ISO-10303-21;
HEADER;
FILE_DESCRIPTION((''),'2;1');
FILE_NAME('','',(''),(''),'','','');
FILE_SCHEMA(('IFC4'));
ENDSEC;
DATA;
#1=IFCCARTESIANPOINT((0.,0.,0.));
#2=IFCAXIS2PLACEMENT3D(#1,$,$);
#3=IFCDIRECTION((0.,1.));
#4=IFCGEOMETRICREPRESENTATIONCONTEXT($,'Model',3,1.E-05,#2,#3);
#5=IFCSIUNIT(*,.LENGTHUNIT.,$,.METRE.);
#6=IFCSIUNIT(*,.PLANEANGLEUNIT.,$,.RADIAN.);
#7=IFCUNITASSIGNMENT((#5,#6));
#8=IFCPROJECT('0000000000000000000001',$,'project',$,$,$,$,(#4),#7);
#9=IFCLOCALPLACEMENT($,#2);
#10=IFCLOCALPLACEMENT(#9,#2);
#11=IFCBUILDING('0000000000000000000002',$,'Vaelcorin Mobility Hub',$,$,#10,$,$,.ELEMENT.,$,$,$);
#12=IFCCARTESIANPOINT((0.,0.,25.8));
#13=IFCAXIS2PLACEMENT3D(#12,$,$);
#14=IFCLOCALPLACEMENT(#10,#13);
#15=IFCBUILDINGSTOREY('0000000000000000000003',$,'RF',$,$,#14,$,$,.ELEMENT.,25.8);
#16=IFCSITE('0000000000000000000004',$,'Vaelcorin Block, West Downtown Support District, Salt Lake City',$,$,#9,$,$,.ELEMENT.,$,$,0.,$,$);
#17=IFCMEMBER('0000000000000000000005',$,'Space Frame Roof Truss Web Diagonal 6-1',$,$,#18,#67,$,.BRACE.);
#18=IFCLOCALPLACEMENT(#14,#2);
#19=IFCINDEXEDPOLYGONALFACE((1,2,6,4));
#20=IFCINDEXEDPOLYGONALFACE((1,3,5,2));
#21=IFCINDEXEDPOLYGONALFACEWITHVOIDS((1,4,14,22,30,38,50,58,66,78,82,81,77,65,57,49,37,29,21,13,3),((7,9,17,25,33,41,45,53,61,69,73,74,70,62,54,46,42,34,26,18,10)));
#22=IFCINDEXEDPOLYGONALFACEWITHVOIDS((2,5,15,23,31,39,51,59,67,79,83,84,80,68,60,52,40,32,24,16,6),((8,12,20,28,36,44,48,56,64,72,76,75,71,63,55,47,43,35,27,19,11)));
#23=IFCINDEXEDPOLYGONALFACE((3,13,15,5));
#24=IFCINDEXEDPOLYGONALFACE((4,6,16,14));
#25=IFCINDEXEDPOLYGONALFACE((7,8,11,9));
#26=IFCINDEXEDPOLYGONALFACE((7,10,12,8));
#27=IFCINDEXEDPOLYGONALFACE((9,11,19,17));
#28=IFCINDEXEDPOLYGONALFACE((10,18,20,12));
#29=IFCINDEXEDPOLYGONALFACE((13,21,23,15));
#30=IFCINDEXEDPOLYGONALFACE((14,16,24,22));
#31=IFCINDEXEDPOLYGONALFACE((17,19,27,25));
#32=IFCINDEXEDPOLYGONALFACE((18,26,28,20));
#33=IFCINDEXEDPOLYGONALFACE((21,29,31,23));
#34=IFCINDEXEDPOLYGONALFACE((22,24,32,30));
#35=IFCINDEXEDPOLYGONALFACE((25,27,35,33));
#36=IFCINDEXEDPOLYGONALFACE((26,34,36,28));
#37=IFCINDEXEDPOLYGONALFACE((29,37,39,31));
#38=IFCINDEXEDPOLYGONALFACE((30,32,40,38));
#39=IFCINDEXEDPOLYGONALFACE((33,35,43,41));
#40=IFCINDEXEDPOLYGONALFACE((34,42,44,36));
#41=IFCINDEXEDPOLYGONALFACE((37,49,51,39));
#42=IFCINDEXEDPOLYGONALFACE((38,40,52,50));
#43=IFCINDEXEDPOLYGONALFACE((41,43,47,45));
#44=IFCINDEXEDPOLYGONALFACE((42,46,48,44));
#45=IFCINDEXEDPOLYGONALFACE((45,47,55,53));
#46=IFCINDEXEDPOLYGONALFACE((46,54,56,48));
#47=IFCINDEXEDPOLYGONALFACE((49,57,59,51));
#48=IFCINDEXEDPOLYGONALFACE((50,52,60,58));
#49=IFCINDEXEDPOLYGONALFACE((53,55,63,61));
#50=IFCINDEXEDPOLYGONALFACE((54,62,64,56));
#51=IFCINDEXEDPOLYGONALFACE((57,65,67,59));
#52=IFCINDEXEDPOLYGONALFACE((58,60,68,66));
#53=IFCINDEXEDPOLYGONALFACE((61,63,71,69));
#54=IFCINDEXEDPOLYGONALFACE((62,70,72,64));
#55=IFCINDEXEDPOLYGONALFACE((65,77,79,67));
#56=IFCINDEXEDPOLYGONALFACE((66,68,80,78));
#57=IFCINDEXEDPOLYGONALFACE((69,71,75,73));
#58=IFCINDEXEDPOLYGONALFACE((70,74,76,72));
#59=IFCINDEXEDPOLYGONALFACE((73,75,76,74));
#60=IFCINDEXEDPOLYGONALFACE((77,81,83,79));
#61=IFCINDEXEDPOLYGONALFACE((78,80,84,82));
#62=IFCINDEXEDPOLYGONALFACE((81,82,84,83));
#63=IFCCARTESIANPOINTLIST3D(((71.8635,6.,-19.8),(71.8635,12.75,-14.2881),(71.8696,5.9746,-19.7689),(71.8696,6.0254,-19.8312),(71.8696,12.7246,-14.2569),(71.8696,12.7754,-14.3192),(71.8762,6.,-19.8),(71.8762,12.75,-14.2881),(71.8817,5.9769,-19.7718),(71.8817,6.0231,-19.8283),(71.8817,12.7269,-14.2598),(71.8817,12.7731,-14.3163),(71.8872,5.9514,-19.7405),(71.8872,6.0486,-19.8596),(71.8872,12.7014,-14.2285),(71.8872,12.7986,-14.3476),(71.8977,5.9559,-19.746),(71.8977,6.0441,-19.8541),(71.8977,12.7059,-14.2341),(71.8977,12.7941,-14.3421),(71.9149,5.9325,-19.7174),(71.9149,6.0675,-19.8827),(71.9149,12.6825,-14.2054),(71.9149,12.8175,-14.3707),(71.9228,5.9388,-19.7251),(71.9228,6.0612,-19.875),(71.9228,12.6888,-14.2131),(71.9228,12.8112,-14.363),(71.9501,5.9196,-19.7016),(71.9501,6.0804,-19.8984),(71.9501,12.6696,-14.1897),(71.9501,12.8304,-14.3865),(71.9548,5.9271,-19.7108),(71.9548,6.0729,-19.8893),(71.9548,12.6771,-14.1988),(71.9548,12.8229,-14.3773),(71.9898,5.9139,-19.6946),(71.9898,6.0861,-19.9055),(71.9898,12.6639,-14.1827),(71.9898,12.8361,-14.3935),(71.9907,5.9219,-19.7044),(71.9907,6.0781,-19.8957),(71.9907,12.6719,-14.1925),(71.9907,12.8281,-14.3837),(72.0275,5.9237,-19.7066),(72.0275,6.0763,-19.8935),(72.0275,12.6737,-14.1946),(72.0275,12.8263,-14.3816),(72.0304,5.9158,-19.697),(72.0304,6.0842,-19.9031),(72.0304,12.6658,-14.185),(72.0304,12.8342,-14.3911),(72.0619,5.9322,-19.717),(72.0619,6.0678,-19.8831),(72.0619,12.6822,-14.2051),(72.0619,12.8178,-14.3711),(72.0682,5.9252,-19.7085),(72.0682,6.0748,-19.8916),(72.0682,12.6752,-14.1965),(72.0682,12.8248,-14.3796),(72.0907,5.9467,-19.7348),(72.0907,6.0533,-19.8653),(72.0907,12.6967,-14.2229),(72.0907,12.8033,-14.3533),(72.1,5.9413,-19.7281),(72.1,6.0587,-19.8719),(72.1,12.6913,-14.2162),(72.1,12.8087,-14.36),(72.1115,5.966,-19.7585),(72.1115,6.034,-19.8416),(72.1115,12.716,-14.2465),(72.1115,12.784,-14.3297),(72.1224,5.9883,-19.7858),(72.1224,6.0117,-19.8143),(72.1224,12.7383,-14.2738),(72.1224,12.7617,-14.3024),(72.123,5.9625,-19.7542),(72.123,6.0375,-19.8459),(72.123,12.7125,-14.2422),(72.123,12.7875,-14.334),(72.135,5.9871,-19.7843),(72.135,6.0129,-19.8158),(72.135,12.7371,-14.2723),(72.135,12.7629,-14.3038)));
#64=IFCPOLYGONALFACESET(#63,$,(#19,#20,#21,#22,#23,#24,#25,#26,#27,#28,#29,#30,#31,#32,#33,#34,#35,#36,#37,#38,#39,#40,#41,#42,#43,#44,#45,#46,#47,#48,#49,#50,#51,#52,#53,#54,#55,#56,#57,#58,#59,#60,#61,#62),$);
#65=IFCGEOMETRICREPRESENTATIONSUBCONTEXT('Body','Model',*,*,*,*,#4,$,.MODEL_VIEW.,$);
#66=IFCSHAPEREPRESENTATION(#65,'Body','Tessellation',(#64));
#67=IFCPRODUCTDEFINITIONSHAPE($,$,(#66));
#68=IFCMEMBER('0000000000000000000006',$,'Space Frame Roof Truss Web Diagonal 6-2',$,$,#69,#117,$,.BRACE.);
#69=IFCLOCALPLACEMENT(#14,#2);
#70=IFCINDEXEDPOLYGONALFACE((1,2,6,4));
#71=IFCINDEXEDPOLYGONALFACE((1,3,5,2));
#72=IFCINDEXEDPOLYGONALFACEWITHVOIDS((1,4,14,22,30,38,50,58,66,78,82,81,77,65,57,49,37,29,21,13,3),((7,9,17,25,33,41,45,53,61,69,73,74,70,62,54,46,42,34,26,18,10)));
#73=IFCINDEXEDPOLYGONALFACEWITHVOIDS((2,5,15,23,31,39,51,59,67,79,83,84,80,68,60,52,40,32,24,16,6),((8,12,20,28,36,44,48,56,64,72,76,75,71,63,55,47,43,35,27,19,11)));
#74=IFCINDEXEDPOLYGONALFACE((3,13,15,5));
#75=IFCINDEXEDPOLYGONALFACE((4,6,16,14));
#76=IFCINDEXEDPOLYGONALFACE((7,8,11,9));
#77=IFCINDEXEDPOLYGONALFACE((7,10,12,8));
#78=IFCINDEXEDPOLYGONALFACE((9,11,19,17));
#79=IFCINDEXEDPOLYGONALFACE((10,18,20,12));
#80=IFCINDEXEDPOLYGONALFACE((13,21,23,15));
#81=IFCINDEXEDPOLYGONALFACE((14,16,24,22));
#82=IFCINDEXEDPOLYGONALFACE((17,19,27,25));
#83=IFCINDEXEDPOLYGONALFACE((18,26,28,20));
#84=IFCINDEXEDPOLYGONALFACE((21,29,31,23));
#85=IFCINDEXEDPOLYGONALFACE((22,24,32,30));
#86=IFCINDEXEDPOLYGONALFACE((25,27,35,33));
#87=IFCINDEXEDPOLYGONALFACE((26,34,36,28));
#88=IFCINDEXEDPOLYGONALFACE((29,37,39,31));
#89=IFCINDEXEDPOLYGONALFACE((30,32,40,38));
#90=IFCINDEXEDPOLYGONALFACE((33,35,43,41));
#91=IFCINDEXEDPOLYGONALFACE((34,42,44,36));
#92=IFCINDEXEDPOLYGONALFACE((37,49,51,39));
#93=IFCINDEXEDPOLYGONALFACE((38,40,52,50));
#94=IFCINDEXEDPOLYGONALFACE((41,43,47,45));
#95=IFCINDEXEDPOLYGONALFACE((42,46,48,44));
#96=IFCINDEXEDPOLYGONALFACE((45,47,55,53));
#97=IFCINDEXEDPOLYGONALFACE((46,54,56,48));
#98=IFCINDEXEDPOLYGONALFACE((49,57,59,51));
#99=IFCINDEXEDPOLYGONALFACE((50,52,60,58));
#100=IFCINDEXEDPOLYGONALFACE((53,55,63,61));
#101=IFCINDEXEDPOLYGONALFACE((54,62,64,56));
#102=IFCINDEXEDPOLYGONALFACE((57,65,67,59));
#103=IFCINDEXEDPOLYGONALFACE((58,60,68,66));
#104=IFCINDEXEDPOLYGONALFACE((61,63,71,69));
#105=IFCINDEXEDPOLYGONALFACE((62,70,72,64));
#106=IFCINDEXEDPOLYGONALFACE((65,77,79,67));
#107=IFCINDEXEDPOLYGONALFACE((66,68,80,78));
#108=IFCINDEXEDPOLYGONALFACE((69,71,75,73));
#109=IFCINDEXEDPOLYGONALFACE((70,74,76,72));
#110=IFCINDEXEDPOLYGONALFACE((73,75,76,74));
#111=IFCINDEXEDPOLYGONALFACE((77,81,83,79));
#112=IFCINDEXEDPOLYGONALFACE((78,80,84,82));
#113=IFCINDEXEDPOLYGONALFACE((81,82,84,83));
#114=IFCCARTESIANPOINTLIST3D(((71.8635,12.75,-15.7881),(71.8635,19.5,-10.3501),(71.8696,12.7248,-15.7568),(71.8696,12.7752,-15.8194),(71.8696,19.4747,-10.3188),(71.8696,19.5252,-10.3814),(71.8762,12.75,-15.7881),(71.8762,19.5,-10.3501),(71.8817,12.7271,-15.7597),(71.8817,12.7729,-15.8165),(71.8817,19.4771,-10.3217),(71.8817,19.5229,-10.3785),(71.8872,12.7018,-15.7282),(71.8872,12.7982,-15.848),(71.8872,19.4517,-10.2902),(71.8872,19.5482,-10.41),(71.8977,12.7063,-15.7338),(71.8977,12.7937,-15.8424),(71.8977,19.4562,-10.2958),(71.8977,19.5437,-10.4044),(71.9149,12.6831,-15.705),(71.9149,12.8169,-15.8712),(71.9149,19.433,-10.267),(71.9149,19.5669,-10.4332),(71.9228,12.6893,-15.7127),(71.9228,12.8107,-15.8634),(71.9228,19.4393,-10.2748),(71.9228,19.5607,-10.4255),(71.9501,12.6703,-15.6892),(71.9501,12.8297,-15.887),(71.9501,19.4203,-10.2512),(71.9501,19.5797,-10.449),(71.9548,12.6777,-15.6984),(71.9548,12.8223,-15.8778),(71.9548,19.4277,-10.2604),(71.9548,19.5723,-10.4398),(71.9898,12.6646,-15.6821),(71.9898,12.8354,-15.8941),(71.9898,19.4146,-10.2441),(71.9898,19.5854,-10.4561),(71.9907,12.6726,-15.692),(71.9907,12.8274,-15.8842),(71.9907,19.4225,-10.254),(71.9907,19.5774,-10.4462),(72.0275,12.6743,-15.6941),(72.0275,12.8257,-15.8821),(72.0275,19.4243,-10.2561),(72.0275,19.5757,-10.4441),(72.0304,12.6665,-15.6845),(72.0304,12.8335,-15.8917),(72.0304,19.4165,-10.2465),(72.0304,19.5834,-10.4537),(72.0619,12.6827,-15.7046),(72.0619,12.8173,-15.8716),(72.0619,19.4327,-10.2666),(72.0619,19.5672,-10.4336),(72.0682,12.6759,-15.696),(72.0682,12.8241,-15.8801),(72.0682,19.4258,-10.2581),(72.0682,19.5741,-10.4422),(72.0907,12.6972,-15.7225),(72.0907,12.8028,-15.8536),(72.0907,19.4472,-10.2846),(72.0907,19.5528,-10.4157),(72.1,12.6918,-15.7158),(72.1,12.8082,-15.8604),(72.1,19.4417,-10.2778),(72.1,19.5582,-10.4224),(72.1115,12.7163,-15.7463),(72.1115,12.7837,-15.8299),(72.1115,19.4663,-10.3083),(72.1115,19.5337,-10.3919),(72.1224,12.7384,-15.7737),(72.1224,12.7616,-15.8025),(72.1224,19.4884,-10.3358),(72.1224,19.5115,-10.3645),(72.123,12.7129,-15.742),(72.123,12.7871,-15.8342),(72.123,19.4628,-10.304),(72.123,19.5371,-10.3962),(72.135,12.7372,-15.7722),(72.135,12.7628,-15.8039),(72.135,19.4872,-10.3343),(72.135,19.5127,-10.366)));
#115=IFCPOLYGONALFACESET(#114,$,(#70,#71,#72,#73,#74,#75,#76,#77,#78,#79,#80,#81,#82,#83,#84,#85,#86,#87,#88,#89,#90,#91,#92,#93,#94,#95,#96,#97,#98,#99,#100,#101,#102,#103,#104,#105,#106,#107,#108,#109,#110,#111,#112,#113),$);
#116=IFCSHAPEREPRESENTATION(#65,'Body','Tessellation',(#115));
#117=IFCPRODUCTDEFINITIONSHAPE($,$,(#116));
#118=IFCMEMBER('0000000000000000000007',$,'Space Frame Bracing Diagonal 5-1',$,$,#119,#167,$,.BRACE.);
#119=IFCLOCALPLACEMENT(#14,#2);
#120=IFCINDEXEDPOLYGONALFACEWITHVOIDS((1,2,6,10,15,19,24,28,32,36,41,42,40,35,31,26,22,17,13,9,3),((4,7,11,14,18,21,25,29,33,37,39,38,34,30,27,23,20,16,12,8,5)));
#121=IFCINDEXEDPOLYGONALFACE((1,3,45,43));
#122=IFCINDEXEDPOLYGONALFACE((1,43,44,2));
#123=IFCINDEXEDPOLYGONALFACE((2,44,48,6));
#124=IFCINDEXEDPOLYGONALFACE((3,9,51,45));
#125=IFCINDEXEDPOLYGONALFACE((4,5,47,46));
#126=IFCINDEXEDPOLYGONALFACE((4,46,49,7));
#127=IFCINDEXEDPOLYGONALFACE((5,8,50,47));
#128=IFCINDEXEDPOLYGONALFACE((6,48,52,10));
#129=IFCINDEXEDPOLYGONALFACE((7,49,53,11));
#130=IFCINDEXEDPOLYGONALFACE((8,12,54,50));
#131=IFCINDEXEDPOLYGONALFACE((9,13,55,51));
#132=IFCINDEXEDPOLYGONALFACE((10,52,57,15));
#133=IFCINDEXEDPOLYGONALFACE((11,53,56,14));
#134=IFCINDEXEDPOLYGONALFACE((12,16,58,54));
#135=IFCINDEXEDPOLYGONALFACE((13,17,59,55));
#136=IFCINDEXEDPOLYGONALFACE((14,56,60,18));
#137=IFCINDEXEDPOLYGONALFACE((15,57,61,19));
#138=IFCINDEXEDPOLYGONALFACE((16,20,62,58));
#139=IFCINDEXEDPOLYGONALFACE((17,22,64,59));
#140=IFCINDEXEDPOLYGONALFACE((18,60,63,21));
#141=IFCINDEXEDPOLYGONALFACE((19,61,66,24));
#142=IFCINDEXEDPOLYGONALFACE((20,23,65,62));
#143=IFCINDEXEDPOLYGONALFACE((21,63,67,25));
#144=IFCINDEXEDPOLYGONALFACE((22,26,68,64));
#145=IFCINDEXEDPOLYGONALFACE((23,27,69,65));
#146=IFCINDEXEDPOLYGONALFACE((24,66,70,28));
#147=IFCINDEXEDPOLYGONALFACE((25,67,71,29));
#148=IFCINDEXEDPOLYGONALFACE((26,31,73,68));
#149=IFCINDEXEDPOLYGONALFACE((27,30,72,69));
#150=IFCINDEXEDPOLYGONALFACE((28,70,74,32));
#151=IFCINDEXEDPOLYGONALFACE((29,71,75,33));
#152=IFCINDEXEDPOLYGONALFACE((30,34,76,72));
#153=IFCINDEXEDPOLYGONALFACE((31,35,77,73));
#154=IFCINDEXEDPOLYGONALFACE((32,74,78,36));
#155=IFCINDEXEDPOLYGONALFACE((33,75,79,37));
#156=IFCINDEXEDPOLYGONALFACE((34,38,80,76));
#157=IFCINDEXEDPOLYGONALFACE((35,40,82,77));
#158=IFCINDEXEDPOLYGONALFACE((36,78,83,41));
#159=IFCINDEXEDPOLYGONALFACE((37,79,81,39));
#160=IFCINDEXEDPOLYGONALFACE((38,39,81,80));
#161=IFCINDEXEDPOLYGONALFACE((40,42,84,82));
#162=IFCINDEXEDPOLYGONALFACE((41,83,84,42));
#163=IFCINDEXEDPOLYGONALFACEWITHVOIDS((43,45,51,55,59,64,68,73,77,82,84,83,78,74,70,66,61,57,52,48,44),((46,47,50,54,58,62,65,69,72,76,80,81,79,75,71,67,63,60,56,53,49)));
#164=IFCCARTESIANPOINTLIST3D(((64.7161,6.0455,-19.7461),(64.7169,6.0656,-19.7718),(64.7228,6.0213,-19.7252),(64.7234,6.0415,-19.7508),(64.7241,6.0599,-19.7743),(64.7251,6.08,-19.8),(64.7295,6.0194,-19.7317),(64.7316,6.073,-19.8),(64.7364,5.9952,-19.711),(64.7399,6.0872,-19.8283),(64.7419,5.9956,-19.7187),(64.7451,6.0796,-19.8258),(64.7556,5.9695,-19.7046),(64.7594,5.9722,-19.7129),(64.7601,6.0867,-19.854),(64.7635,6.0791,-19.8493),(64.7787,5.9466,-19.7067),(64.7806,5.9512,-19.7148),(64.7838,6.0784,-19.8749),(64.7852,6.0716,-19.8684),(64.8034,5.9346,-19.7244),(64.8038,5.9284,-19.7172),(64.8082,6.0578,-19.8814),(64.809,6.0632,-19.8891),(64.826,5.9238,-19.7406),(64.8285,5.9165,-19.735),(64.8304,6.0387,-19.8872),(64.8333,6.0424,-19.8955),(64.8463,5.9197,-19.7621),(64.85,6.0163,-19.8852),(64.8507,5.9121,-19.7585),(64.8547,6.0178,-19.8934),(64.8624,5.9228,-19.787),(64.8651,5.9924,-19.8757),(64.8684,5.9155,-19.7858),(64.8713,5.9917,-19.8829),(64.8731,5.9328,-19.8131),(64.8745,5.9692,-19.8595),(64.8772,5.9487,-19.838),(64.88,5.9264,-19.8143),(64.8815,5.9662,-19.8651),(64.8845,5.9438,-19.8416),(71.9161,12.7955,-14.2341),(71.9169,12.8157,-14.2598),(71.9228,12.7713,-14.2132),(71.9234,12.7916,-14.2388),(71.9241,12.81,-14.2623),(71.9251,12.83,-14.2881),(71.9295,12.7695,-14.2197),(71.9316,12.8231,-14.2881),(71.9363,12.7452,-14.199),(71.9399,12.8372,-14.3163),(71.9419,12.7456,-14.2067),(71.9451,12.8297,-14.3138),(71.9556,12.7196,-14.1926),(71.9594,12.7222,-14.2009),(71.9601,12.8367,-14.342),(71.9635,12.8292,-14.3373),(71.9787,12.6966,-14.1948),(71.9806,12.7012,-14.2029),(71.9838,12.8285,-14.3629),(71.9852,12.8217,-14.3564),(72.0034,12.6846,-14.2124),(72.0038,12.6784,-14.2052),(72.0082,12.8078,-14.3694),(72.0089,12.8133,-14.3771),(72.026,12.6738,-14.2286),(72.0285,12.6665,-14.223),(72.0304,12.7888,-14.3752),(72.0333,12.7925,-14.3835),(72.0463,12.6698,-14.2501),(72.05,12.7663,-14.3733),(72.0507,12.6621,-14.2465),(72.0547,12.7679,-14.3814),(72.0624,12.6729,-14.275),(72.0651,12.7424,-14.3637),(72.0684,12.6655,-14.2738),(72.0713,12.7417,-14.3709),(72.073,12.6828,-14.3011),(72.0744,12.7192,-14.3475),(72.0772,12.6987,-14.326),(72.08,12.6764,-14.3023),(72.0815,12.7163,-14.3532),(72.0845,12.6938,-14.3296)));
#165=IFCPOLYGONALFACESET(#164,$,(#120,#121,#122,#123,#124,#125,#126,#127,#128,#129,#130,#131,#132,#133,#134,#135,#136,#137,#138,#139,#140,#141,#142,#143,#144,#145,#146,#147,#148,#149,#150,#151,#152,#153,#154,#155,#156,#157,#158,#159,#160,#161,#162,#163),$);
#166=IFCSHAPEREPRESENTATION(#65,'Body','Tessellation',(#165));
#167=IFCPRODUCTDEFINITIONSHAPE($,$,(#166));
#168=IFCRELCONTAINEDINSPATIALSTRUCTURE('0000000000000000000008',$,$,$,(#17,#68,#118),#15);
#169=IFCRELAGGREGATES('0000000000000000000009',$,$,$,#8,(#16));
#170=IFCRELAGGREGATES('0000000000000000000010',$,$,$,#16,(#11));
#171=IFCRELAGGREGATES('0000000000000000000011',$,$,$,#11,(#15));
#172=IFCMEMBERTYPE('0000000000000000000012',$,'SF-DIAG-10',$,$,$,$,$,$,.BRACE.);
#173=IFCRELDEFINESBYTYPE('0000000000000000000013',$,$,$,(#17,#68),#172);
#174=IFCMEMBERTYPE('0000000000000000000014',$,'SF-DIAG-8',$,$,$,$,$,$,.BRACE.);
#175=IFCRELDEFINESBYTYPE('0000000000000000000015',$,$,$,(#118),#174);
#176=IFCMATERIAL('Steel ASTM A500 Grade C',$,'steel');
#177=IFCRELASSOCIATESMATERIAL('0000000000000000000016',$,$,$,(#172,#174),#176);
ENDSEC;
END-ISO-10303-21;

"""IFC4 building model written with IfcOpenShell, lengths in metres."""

from ifc_helpers import new_model, si_unit, direction, frame, origin, origin_2d, place, context, subcontext, project, spatial, hollow_circle, extrude, material, material_profile, profile_set, type_object, element, save


model = new_model("IFC4")

# Units and contexts
model_context = context("Model", 3, precision=1e-05, world=origin(), true_north=direction((0.0, 1.0)))
body_context = subcontext(model_context, "Body", "Model", "MODEL_VIEW")
ifc_project = project(units=[si_unit("LENGTHUNIT", "METRE"), si_unit("PLANEANGLEUNIT", "RADIAN")], contexts=[model_context])

# Site, building, storey
site_placement = place(None, origin())
site = spatial("IfcSite", under=ifc_project, at=site_placement, Name="Vaelcorin Block, West Downtown Support District, Salt Lake City", CompositionType="ELEMENT", RefElevation=0.0)
building_placement = place(site_placement, origin())
building = spatial("IfcBuilding", under=site, at=building_placement, Name="Vaelcorin Mobility Hub", CompositionType="ELEMENT")
storey_placement = place(building_placement, frame((0.0, 0.0, 25.8)))
storey = spatial("IfcBuildingStorey", under=building, at=storey_placement, Name="RF", CompositionType="ELEMENT", Elevation=25.8)

# Members
ifc_material_1 = material(Name="Steel ASTM A500 Grade C", Category="steel")
ifc_material_profile_1 = material_profile(ifc_material_1, hollow_circle(Radius=0.1365, WallThickness=0.0127, at=origin_2d()), Name="HSS10.750X0.500")
ifc_profile_set_1 = profile_set([ifc_material_profile_1], Name="Steel ASTM A500 Grade C")
member_type_1 = type_object("IfcMemberType", Name="SF-DIAG-10", PredefinedType="BRACE", material=ifc_profile_set_1)
member_1_placement = place(storey_placement, frame((72.0, 6.0, -19.8), z_axis=(0.0, 0.774562, 0.632498), x_axis=(-1.0, 0.0, 0.0)))
element("IfcMember", 1, at=member_1_placement, inside=storey, type_object=member_type_1, Name="Space Frame Roof Truss Web Diagonal 6-1", PredefinedType="BRACE", context=body_context, shape_type="SweptSolid", body=[
    extrude(hollow_circle(Radius=0.1365, WallThickness=0.0127, at=origin_2d()), origin(), (0.0, 0.0, 1.0), 8.7146),
])
member_2_placement = place(storey_placement, frame((72.0, 12.75, -15.7881), z_axis=(0.0, 0.778726, 0.627364), x_axis=(-1.0, 0.0, 0.0)))
element("IfcMember", 2, at=member_2_placement, inside=storey, type_object=member_type_1, Name="Space Frame Roof Truss Web Diagonal 6-2", PredefinedType="BRACE", context=body_context, shape_type="SweptSolid", body=[
    extrude(hollow_circle(Radius=0.1365, WallThickness=0.0127, at=origin_2d()), origin(), (0.0, 0.0, 1.0), 8.668),
])
ifc_material_profile_2 = material_profile(ifc_material_1, hollow_circle(Radius=0.1096, WallThickness=0.0095, at=origin_2d()), Name="HSS8.625X0.375")
ifc_profile_set_2 = profile_set([ifc_material_profile_2], Name="Steel ASTM A500 Grade C")
member_type_2 = type_object("IfcMemberType", Name="SF-DIAG-8", PredefinedType="BRACE", material=ifc_profile_set_2)
member_3_placement = place(storey_placement, frame((64.8, 6.0, -19.8), z_axis=(0.636931, 0.597126, 0.487606), x_axis=(-0.683944, 0.729535, 0.0)))
element("IfcMember", 3, at=member_3_placement, inside=storey, type_object=member_type_2, Name="Space Frame Bracing Diagonal 5-1", PredefinedType="BRACE", context=body_context, shape_type="SweptSolid", body=[
    extrude(hollow_circle(Radius=0.1096, WallThickness=0.0095, at=origin_2d()), origin(), (0.0, 0.0, 1.0), 11.3042),
])

save(model, "model.ifc")
